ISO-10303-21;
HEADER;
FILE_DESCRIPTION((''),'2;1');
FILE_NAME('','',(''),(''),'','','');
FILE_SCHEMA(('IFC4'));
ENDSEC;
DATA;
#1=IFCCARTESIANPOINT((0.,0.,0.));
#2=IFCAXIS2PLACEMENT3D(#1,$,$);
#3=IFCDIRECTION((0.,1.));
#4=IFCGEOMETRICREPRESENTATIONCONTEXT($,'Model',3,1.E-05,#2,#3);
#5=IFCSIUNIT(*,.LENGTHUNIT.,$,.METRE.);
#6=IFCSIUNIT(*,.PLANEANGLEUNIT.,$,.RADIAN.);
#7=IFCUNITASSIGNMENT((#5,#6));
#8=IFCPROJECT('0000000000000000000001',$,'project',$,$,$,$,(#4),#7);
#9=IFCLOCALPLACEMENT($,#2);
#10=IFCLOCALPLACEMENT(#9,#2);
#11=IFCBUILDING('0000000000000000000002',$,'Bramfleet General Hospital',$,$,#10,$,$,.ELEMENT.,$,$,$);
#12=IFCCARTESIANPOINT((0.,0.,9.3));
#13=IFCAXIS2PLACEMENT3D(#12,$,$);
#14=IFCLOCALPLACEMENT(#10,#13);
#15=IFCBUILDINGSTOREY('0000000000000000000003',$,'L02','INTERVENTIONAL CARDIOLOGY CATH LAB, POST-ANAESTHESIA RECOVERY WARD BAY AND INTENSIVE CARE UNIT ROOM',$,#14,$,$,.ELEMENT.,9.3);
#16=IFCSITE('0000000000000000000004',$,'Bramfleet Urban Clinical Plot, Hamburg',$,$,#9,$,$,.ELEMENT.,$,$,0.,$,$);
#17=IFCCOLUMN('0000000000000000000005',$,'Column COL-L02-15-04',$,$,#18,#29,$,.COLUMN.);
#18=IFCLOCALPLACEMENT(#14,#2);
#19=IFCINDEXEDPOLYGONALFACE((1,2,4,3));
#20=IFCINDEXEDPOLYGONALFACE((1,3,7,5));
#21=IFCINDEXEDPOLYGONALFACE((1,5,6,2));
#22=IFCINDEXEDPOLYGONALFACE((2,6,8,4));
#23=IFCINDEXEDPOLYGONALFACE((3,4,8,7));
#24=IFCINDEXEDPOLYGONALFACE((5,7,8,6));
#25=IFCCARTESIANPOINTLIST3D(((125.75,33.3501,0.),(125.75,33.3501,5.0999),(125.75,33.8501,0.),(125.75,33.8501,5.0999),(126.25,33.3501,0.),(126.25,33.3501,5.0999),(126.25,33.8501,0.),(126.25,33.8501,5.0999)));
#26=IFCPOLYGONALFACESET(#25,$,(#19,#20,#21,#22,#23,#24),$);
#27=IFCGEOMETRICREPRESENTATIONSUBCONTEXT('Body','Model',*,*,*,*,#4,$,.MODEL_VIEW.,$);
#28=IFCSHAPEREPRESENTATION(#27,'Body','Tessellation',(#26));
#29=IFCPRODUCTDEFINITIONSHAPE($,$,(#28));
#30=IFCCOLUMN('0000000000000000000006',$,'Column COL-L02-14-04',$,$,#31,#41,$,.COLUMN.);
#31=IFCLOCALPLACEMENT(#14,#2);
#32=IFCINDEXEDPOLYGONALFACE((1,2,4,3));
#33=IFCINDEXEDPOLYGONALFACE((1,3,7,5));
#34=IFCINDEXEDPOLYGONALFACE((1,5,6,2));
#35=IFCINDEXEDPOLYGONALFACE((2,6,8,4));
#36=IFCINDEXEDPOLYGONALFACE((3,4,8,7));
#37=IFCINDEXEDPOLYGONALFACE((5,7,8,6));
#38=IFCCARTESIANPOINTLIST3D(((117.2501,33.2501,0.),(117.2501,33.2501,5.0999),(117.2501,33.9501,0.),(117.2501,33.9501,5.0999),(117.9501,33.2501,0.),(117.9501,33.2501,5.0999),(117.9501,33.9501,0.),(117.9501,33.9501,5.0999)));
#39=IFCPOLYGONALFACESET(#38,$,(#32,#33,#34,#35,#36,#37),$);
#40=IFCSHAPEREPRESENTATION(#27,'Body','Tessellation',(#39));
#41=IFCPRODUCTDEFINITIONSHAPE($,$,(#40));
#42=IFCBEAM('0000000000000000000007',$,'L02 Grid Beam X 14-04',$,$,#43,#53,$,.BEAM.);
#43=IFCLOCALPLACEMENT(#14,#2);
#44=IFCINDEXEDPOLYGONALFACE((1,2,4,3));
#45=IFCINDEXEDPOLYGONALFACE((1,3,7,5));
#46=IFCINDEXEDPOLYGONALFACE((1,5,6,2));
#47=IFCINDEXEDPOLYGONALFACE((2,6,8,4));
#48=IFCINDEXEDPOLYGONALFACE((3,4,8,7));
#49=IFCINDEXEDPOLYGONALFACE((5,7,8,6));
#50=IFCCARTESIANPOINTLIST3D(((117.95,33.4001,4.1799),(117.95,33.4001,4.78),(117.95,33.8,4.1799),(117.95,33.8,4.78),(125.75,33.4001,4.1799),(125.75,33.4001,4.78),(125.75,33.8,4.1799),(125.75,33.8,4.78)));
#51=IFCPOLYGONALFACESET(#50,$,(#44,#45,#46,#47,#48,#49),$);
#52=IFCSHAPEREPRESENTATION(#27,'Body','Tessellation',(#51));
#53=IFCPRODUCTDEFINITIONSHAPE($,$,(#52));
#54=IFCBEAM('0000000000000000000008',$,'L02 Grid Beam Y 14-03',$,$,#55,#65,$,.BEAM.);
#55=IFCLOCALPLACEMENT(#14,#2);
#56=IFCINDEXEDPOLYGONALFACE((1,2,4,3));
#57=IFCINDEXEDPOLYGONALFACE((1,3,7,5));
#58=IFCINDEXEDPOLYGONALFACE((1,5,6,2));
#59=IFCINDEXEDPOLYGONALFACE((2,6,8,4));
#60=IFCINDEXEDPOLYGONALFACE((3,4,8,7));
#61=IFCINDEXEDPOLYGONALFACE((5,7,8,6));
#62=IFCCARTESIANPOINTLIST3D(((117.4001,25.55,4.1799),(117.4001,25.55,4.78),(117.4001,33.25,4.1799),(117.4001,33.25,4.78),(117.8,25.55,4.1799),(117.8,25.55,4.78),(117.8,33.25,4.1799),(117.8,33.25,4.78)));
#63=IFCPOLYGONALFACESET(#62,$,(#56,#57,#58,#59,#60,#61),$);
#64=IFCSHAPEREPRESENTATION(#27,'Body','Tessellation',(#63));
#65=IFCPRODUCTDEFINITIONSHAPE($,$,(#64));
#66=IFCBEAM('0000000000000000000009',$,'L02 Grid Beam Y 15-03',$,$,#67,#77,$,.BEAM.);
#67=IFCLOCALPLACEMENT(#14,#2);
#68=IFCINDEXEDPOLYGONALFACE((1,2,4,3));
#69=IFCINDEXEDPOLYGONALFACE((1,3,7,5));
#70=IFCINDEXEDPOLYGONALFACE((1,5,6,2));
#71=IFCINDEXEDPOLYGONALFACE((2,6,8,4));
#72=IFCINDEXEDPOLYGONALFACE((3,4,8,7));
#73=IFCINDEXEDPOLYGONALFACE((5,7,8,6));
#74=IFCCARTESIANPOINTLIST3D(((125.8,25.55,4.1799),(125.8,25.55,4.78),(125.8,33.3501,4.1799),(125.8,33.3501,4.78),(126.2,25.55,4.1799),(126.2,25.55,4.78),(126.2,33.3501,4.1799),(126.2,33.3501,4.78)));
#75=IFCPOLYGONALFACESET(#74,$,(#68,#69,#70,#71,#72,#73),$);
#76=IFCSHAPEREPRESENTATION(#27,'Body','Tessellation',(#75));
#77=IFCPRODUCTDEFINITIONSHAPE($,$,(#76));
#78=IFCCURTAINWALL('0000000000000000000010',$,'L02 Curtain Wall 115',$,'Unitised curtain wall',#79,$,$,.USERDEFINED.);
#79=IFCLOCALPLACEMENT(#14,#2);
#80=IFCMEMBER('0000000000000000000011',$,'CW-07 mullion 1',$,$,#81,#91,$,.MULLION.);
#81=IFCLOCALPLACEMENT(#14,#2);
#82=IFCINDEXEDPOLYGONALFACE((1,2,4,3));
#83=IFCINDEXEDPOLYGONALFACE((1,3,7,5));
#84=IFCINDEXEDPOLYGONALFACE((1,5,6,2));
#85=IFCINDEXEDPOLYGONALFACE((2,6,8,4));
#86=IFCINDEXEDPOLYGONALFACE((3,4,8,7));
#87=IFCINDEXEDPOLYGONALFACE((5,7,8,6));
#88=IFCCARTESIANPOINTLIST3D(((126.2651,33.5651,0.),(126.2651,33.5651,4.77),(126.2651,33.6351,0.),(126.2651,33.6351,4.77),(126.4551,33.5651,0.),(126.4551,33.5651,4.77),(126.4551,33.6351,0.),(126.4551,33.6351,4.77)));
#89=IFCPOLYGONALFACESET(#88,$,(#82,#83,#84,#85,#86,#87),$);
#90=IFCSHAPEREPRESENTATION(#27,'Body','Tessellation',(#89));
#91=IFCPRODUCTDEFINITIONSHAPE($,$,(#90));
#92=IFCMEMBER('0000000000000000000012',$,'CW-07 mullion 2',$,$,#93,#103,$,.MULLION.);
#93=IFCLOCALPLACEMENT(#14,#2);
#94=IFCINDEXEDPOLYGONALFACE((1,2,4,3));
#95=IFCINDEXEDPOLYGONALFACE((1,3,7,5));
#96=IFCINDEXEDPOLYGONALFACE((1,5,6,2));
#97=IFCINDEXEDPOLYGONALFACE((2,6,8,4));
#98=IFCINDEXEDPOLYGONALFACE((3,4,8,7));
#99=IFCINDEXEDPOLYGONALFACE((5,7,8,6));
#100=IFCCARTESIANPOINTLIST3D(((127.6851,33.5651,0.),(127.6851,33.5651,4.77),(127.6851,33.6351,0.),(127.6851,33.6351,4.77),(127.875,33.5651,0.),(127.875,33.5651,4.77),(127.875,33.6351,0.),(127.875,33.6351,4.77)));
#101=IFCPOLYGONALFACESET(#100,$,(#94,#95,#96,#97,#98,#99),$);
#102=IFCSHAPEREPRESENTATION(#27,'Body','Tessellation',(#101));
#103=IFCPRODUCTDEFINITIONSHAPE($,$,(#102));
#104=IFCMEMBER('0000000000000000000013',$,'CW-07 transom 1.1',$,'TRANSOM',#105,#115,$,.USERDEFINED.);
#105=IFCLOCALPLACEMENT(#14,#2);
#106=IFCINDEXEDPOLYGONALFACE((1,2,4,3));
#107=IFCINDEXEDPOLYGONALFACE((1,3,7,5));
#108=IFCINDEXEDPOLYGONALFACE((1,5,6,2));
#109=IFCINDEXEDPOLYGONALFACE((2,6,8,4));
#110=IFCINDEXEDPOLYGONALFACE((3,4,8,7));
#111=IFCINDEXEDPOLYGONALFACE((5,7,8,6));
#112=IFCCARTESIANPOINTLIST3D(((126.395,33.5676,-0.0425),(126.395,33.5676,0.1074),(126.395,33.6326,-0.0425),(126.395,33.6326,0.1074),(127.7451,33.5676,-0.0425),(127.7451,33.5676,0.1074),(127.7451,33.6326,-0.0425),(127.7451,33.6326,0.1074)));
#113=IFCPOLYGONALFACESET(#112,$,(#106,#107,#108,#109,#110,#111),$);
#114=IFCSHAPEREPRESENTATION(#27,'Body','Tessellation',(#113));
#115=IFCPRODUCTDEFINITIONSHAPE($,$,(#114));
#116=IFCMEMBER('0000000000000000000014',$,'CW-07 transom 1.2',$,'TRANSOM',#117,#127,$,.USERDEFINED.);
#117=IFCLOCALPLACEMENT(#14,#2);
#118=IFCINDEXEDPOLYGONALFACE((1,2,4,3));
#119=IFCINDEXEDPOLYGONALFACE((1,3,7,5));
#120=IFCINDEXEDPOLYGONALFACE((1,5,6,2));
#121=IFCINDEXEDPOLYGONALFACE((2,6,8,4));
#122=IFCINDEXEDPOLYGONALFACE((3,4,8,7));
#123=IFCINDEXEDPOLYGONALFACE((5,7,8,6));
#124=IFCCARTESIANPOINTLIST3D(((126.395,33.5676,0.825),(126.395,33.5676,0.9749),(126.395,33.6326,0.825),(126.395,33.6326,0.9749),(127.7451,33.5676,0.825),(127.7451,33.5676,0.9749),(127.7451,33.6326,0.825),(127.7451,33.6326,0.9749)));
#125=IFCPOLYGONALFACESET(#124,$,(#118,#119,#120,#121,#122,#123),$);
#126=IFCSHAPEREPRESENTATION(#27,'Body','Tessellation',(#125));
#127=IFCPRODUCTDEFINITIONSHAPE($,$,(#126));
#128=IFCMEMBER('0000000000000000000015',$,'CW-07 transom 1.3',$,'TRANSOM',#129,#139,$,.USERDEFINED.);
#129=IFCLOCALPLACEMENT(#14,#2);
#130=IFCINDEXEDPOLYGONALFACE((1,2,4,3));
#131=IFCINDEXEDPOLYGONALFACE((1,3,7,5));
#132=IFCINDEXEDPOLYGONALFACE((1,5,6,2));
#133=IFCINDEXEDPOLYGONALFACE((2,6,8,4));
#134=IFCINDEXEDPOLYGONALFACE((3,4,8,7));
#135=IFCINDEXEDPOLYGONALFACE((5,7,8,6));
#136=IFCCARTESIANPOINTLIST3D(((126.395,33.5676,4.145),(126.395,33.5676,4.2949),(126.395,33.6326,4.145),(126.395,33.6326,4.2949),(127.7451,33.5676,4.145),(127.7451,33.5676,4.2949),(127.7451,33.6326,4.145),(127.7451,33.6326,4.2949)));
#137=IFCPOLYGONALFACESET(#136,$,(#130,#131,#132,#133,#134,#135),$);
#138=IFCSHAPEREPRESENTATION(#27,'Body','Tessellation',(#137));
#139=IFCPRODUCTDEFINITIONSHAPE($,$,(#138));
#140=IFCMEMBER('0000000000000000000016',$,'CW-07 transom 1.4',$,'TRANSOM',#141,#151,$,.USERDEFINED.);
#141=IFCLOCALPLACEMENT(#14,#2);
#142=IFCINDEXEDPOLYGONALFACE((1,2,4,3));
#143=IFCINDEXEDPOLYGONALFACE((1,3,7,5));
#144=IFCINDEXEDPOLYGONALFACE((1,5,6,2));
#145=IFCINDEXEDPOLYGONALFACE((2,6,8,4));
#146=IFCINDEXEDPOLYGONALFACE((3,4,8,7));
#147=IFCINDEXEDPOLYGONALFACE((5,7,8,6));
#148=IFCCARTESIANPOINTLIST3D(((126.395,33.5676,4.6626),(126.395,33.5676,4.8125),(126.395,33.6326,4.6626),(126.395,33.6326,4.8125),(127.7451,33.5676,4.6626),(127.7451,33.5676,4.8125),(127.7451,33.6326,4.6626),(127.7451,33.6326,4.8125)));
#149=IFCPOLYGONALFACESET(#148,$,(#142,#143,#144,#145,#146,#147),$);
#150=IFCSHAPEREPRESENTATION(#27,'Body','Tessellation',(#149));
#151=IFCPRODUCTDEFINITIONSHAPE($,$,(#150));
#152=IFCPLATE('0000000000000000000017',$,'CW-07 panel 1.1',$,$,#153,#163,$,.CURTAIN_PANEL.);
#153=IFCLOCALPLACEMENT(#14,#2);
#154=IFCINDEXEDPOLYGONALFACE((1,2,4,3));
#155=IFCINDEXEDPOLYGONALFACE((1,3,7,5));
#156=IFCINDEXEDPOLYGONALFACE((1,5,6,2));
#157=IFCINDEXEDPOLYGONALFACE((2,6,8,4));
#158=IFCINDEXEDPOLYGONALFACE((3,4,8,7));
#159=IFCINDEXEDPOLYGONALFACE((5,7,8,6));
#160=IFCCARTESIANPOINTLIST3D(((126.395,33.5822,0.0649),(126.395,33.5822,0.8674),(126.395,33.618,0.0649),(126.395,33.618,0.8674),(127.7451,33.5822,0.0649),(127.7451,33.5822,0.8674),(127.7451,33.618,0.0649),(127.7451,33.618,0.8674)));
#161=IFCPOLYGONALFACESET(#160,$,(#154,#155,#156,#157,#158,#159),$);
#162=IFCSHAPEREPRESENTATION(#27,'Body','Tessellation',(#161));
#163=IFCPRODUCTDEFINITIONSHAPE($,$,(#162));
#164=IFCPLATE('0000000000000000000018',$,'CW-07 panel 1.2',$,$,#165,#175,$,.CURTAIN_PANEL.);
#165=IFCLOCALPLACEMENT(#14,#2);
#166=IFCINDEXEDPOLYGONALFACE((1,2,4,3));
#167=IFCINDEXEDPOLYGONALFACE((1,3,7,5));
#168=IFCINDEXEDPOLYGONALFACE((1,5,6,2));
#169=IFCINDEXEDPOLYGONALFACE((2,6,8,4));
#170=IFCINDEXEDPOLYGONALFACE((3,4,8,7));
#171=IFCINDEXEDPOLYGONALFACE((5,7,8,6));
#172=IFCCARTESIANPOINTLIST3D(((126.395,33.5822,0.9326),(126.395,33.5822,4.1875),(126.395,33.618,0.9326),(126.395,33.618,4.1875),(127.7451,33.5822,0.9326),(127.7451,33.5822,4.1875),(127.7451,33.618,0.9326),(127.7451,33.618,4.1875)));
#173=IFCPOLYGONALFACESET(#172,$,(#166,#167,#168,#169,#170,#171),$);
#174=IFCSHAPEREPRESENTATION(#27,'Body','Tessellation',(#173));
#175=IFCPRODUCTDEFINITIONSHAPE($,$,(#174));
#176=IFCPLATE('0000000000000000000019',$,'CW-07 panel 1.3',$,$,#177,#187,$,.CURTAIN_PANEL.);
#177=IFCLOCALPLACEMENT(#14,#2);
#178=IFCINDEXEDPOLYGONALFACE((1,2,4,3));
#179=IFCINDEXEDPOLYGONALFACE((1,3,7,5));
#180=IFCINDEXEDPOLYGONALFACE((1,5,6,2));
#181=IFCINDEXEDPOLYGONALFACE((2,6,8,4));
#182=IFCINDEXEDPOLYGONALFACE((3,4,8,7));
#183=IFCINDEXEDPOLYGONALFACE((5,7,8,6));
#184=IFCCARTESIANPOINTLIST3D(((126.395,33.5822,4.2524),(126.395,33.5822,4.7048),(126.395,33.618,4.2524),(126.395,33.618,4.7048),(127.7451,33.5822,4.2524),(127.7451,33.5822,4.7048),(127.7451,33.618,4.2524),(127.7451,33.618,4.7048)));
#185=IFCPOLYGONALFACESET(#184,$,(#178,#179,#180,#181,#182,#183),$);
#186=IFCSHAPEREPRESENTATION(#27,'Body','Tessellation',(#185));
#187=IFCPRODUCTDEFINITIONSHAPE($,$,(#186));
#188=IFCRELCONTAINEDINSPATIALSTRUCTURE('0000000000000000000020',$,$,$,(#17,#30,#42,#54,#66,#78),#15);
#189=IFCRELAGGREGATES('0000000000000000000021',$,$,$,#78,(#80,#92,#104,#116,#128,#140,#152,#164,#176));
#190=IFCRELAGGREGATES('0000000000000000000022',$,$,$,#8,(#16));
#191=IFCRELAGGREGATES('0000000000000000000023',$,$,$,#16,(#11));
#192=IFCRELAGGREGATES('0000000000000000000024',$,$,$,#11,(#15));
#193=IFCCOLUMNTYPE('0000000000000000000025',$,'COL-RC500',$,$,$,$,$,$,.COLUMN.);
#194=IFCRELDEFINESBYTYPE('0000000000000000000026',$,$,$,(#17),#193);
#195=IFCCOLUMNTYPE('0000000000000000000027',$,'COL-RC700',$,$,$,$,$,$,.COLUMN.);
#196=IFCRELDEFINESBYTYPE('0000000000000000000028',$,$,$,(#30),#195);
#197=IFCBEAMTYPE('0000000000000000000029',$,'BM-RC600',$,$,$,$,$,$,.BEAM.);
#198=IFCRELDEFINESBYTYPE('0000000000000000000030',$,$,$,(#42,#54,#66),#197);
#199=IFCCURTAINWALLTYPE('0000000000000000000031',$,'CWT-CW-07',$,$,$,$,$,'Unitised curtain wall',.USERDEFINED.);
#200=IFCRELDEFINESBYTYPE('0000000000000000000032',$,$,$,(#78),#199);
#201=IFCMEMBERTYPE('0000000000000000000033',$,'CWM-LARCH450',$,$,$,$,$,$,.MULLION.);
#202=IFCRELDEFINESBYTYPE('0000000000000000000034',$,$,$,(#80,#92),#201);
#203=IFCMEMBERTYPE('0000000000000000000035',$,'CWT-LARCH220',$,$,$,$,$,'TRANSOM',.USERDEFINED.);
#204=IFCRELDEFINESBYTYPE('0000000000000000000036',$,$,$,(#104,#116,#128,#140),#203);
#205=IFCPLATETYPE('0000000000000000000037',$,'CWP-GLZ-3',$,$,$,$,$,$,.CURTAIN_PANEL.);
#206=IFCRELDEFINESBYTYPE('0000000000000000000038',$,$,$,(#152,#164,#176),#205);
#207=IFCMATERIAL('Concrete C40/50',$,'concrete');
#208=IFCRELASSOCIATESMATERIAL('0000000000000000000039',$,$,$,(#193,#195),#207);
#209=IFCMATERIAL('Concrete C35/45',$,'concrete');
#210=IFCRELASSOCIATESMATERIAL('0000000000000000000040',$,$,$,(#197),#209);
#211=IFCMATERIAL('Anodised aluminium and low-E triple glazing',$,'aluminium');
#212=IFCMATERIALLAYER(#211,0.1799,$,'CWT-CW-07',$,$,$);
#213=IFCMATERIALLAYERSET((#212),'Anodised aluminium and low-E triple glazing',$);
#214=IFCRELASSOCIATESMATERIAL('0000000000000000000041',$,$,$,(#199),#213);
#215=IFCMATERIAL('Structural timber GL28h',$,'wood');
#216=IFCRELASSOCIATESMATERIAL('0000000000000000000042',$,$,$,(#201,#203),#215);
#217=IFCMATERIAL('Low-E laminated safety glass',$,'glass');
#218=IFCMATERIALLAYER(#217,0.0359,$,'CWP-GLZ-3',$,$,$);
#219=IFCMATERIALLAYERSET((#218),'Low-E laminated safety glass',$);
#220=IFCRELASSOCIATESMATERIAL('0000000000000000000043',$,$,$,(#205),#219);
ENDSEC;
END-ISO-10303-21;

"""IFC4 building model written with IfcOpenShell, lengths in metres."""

from ifc_helpers import new_model, si_unit, direction, frame, origin, origin_2d, place, context, subcontext, project, spatial, rectangle, extrude, material, layer, layer_set, material_profile, profile_set, type_object, element, aggregate, save


model = new_model("IFC4")

# Units and contexts
model_context = context("Model", 3, precision=1e-05, world=origin(), true_north=direction((0.0, 1.0)))
body_context = subcontext(model_context, "Body", "Model", "MODEL_VIEW")
ifc_project = project(units=[si_unit("LENGTHUNIT", "METRE"), si_unit("PLANEANGLEUNIT", "RADIAN")], contexts=[model_context])

# Site, building, storey
site_placement = place(None, origin())
site = spatial("IfcSite", under=ifc_project, at=site_placement, Name="Bramfleet Urban Clinical Plot, Hamburg", CompositionType="ELEMENT", RefElevation=0.0)
building_placement = place(site_placement, origin())
building = spatial("IfcBuilding", under=site, at=building_placement, Name="Bramfleet General Hospital", CompositionType="ELEMENT")
storey_placement = place(building_placement, frame((0.0, 0.0, 9.3)))
storey = spatial("IfcBuildingStorey", under=building, at=storey_placement, Name="L02", Description="INTERVENTIONAL CARDIOLOGY CATH LAB, POST-ANAESTHESIA RECOVERY WARD BAY AND INTENSIVE CARE UNIT ROOM", CompositionType="ELEMENT", Elevation=9.3)

# Columns
ifc_material_1 = material(Name="Concrete C40/50", Category="concrete")
ifc_material_profile_1 = material_profile(ifc_material_1, rectangle(XDim=0.5, YDim=0.5, at=origin_2d()), Name="RC COL 500x500")
ifc_profile_set_1 = profile_set([ifc_material_profile_1], Name="Concrete C40/50")
column_type_1 = type_object("IfcColumnType", Name="COL-RC500", PredefinedType="COLUMN", material=ifc_profile_set_1)
column_1_placement = place(storey_placement, frame((126.0, 33.6001, 0.0), z_axis=(0.0, 0.0, 1.0), x_axis=(1.0, 0.0, 0.0)))
element("IfcColumn", 1, at=column_1_placement, inside=storey, type_object=column_type_1, Name="Column COL-L02-15-04", PredefinedType="COLUMN", context=body_context, shape_type="SweptSolid", body=[
    extrude(rectangle(XDim=0.5, YDim=0.5, at=origin_2d()), origin(), (0.0, 0.0, 1.0), 5.0999),
])
ifc_material_profile_2 = material_profile(ifc_material_1, rectangle(XDim=0.7, YDim=0.7, at=origin_2d()), Name="RC COL 700x700")
ifc_profile_set_2 = profile_set([ifc_material_profile_2], Name="Concrete C40/50")
column_type_2 = type_object("IfcColumnType", Name="COL-RC700", PredefinedType="COLUMN", material=ifc_profile_set_2)
column_2_placement = place(storey_placement, frame((117.6001, 33.6001, 0.0), z_axis=(0.0, 0.0, 1.0), x_axis=(1.0, 0.0, 0.0)))
element("IfcColumn", 2, at=column_2_placement, inside=storey, type_object=column_type_2, Name="Column COL-L02-14-04", PredefinedType="COLUMN", context=body_context, shape_type="SweptSolid", body=[
    extrude(rectangle(XDim=0.7, YDim=0.7, at=origin_2d()), origin(), (0.0, 0.0, 1.0), 5.0999),
])

# Beams
ifc_material_2 = material(Name="Concrete C35/45", Category="concrete")
ifc_material_profile_3 = material_profile(ifc_material_2, rectangle(XDim=0.3999, YDim=0.6001, at=origin_2d()), Name="RC BM 600x400")
ifc_profile_set_3 = profile_set([ifc_material_profile_3], Name="Concrete C35/45")
beam_type = type_object("IfcBeamType", Name="BM-RC600", PredefinedType="BEAM", material=ifc_profile_set_3)
beam_1_placement = place(storey_placement, frame((117.95, 33.6001, 4.48), z_axis=(1.0, 0.0, 0.0), x_axis=(0.0, 1.0, 0.0)))
element("IfcBeam", 3, at=beam_1_placement, inside=storey, type_object=beam_type, Name="L02 Grid Beam X 14-04", PredefinedType="BEAM", context=body_context, shape_type="SweptSolid", body=[
    extrude(rectangle(XDim=0.3999, YDim=0.6001, at=origin_2d()), origin(), (0.0, 0.0, 1.0), 7.8),
])
beam_2_placement = place(storey_placement, frame((117.6001, 25.55, 4.48), z_axis=(0.0, 1.0, 0.0), x_axis=(-1.0, 0.0, 0.0)))
element("IfcBeam", 4, at=beam_2_placement, inside=storey, type_object=beam_type, Name="L02 Grid Beam Y 14-03", PredefinedType="BEAM", context=body_context, shape_type="SweptSolid", body=[
    extrude(rectangle(XDim=0.3999, YDim=0.6001, at=origin_2d()), origin(), (0.0, 0.0, 1.0), 7.7),
])
beam_3_placement = place(storey_placement, frame((126.0, 25.55, 4.48), z_axis=(0.0, 1.0, 0.0), x_axis=(-1.0, 0.0, 0.0)))
element("IfcBeam", 5, at=beam_3_placement, inside=storey, type_object=beam_type, Name="L02 Grid Beam Y 15-03", PredefinedType="BEAM", context=body_context, shape_type="SweptSolid", body=[
    extrude(rectangle(XDim=0.3999, YDim=0.6001, at=origin_2d()), origin(), (0.0, 0.0, 1.0), 7.8),
])

# Curtain wall, members, plates
ifc_material_3 = material(Name="Anodised aluminium and low-E triple glazing", Category="aluminium")
ifc_layer_1 = layer(ifc_material_3, 0.1799, Name="CWT-CW-07")
ifc_layer_set_1 = layer_set([ifc_layer_1], Name="Anodised aluminium and low-E triple glazing")
curtain_wall_type = type_object("IfcCurtainWallType", Name="CWT-CW-07", ElementType="Unitised curtain wall", PredefinedType="USERDEFINED", material=ifc_layer_set_1)
curtain_wall_placement = place(storey_placement, origin())
curtain_wall = element("IfcCurtainWall", 6, at=curtain_wall_placement, inside=storey, type_object=curtain_wall_type, Name="L02 Curtain Wall 115", ObjectType="Unitised curtain wall", PredefinedType="USERDEFINED")
ifc_material_4 = material(Name="Structural timber GL28h", Category="wood")
ifc_material_profile_4 = material_profile(ifc_material_4, rectangle(XDim=0.0701, YDim=0.1899, at=origin_2d()), Name="LARCH 190x70")
ifc_profile_set_4 = profile_set([ifc_material_profile_4], Name="Structural timber GL28h")
member_type_1 = type_object("IfcMemberType", Name="CWM-LARCH450", PredefinedType="MULLION", material=ifc_profile_set_4)
member_1_placement = place(storey_placement, frame((126.3601, 33.6001, 0.0), z_axis=(0.0, 0.0, 1.0), x_axis=(0.0, 1.0, 0.0)))
member_1 = element("IfcMember", 7, at=member_1_placement, type_object=member_type_1, Name="CW-07 mullion 1", PredefinedType="MULLION", context=body_context, shape_type="SweptSolid", body=[
    extrude(rectangle(XDim=0.0701, YDim=0.1899, at=origin_2d()), origin(), (0.0, 0.0, 1.0), 4.77),
])
member_2_placement = place(storey_placement, frame((127.78, 33.6001, 0.0), z_axis=(0.0, 0.0, 1.0), x_axis=(0.0, 1.0, 0.0)))
member_2 = element("IfcMember", 8, at=member_2_placement, type_object=member_type_1, Name="CW-07 mullion 2", PredefinedType="MULLION", context=body_context, shape_type="SweptSolid", body=[
    extrude(rectangle(XDim=0.0701, YDim=0.1899, at=origin_2d()), origin(), (0.0, 0.0, 1.0), 4.77),
])
ifc_material_profile_5 = material_profile(ifc_material_4, rectangle(XDim=0.0649, YDim=0.1499, at=origin_2d()), Name="LARCH 150x65")
ifc_profile_set_5 = profile_set([ifc_material_profile_5], Name="Structural timber GL28h")
member_type_2 = type_object("IfcMemberType", Name="CWT-LARCH220", ElementType="TRANSOM", PredefinedType="USERDEFINED", material=ifc_profile_set_5)
member_3_placement = place(storey_placement, frame((126.395, 33.6001, 0.0325), z_axis=(1.0, 0.0, 0.0), x_axis=(0.0, 1.0, 0.0)))
member_3 = element("IfcMember", 9, at=member_3_placement, type_object=member_type_2, Name="CW-07 transom 1.1", ObjectType="TRANSOM", PredefinedType="USERDEFINED", context=body_context, shape_type="SweptSolid", body=[
    extrude(rectangle(XDim=0.0649, YDim=0.1499, at=origin_2d()), origin(), (0.0, 0.0, 1.0), 1.3501),
])
member_4_placement = place(storey_placement, frame((126.395, 33.6001, 0.8999), z_axis=(1.0, 0.0, 0.0), x_axis=(0.0, 1.0, 0.0)))
member_4 = element("IfcMember", 10, at=member_4_placement, type_object=member_type_2, Name="CW-07 transom 1.2", ObjectType="TRANSOM", PredefinedType="USERDEFINED", context=body_context, shape_type="SweptSolid", body=[
    extrude(rectangle(XDim=0.0649, YDim=0.1499, at=origin_2d()), origin(), (0.0, 0.0, 1.0), 1.3501),
])
member_5_placement = place(storey_placement, frame((126.395, 33.6001, 4.22), z_axis=(1.0, 0.0, 0.0), x_axis=(0.0, 1.0, 0.0)))
member_5 = element("IfcMember", 11, at=member_5_placement, type_object=member_type_2, Name="CW-07 transom 1.3", ObjectType="TRANSOM", PredefinedType="USERDEFINED", context=body_context, shape_type="SweptSolid", body=[
    extrude(rectangle(XDim=0.0649, YDim=0.1499, at=origin_2d()), origin(), (0.0, 0.0, 1.0), 1.3501),
])
member_6_placement = place(storey_placement, frame((126.395, 33.6001, 4.7375), z_axis=(1.0, 0.0, 0.0), x_axis=(0.0, 1.0, 0.0)))
member_6 = element("IfcMember", 12, at=member_6_placement, type_object=member_type_2, Name="CW-07 transom 1.4", ObjectType="TRANSOM", PredefinedType="USERDEFINED", context=body_context, shape_type="SweptSolid", body=[
    extrude(rectangle(XDim=0.0649, YDim=0.1499, at=origin_2d()), origin(), (0.0, 0.0, 1.0), 1.3501),
])
ifc_material_5 = material(Name="Low-E laminated safety glass", Category="glass")
ifc_layer_2 = layer(ifc_material_5, 0.0359, Name="CWP-GLZ-3")
ifc_layer_set_2 = layer_set([ifc_layer_2], Name="Low-E laminated safety glass")
plate_type = type_object("IfcPlateType", Name="CWP-GLZ-3", PredefinedType="CURTAIN_PANEL", material=ifc_layer_set_2)
plate_1_placement = place(storey_placement, frame((127.0701, 33.6001, 0.0649), z_axis=(0.0, 0.0, 1.0), x_axis=(1.0, 0.0, 0.0)))
plate_1 = element("IfcPlate", 13, at=plate_1_placement, type_object=plate_type, Name="CW-07 panel 1.1", PredefinedType="CURTAIN_PANEL", context=body_context, shape_type="SweptSolid", body=[
    extrude(rectangle(XDim=1.3501, YDim=0.0359, at=origin_2d()), origin(), (0.0, 0.0, 1.0), 0.8025),
])
plate_2_placement = place(storey_placement, frame((127.0701, 33.6001, 0.9326), z_axis=(0.0, 0.0, 1.0), x_axis=(1.0, 0.0, 0.0)))
plate_2 = element("IfcPlate", 14, at=plate_2_placement, type_object=plate_type, Name="CW-07 panel 1.2", PredefinedType="CURTAIN_PANEL", context=body_context, shape_type="SweptSolid", body=[
    extrude(rectangle(XDim=1.3501, YDim=0.0359, at=origin_2d()), origin(), (0.0, 0.0, 1.0), 3.2549),
])
plate_3_placement = place(storey_placement, frame((127.0701, 33.6001, 4.2524), z_axis=(0.0, 0.0, 1.0), x_axis=(1.0, 0.0, 0.0)))
plate_3 = element("IfcPlate", 15, at=plate_3_placement, type_object=plate_type, Name="CW-07 panel 1.3", PredefinedType="CURTAIN_PANEL", context=body_context, shape_type="SweptSolid", body=[
    extrude(rectangle(XDim=1.3501, YDim=0.0359, at=origin_2d()), origin(), (0.0, 0.0, 1.0), 0.4524),
])
aggregate(curtain_wall, [member_1, member_2, member_3, member_4, member_5, member_6, plate_1, plate_2, plate_3])

save(model, "model.ifc")
